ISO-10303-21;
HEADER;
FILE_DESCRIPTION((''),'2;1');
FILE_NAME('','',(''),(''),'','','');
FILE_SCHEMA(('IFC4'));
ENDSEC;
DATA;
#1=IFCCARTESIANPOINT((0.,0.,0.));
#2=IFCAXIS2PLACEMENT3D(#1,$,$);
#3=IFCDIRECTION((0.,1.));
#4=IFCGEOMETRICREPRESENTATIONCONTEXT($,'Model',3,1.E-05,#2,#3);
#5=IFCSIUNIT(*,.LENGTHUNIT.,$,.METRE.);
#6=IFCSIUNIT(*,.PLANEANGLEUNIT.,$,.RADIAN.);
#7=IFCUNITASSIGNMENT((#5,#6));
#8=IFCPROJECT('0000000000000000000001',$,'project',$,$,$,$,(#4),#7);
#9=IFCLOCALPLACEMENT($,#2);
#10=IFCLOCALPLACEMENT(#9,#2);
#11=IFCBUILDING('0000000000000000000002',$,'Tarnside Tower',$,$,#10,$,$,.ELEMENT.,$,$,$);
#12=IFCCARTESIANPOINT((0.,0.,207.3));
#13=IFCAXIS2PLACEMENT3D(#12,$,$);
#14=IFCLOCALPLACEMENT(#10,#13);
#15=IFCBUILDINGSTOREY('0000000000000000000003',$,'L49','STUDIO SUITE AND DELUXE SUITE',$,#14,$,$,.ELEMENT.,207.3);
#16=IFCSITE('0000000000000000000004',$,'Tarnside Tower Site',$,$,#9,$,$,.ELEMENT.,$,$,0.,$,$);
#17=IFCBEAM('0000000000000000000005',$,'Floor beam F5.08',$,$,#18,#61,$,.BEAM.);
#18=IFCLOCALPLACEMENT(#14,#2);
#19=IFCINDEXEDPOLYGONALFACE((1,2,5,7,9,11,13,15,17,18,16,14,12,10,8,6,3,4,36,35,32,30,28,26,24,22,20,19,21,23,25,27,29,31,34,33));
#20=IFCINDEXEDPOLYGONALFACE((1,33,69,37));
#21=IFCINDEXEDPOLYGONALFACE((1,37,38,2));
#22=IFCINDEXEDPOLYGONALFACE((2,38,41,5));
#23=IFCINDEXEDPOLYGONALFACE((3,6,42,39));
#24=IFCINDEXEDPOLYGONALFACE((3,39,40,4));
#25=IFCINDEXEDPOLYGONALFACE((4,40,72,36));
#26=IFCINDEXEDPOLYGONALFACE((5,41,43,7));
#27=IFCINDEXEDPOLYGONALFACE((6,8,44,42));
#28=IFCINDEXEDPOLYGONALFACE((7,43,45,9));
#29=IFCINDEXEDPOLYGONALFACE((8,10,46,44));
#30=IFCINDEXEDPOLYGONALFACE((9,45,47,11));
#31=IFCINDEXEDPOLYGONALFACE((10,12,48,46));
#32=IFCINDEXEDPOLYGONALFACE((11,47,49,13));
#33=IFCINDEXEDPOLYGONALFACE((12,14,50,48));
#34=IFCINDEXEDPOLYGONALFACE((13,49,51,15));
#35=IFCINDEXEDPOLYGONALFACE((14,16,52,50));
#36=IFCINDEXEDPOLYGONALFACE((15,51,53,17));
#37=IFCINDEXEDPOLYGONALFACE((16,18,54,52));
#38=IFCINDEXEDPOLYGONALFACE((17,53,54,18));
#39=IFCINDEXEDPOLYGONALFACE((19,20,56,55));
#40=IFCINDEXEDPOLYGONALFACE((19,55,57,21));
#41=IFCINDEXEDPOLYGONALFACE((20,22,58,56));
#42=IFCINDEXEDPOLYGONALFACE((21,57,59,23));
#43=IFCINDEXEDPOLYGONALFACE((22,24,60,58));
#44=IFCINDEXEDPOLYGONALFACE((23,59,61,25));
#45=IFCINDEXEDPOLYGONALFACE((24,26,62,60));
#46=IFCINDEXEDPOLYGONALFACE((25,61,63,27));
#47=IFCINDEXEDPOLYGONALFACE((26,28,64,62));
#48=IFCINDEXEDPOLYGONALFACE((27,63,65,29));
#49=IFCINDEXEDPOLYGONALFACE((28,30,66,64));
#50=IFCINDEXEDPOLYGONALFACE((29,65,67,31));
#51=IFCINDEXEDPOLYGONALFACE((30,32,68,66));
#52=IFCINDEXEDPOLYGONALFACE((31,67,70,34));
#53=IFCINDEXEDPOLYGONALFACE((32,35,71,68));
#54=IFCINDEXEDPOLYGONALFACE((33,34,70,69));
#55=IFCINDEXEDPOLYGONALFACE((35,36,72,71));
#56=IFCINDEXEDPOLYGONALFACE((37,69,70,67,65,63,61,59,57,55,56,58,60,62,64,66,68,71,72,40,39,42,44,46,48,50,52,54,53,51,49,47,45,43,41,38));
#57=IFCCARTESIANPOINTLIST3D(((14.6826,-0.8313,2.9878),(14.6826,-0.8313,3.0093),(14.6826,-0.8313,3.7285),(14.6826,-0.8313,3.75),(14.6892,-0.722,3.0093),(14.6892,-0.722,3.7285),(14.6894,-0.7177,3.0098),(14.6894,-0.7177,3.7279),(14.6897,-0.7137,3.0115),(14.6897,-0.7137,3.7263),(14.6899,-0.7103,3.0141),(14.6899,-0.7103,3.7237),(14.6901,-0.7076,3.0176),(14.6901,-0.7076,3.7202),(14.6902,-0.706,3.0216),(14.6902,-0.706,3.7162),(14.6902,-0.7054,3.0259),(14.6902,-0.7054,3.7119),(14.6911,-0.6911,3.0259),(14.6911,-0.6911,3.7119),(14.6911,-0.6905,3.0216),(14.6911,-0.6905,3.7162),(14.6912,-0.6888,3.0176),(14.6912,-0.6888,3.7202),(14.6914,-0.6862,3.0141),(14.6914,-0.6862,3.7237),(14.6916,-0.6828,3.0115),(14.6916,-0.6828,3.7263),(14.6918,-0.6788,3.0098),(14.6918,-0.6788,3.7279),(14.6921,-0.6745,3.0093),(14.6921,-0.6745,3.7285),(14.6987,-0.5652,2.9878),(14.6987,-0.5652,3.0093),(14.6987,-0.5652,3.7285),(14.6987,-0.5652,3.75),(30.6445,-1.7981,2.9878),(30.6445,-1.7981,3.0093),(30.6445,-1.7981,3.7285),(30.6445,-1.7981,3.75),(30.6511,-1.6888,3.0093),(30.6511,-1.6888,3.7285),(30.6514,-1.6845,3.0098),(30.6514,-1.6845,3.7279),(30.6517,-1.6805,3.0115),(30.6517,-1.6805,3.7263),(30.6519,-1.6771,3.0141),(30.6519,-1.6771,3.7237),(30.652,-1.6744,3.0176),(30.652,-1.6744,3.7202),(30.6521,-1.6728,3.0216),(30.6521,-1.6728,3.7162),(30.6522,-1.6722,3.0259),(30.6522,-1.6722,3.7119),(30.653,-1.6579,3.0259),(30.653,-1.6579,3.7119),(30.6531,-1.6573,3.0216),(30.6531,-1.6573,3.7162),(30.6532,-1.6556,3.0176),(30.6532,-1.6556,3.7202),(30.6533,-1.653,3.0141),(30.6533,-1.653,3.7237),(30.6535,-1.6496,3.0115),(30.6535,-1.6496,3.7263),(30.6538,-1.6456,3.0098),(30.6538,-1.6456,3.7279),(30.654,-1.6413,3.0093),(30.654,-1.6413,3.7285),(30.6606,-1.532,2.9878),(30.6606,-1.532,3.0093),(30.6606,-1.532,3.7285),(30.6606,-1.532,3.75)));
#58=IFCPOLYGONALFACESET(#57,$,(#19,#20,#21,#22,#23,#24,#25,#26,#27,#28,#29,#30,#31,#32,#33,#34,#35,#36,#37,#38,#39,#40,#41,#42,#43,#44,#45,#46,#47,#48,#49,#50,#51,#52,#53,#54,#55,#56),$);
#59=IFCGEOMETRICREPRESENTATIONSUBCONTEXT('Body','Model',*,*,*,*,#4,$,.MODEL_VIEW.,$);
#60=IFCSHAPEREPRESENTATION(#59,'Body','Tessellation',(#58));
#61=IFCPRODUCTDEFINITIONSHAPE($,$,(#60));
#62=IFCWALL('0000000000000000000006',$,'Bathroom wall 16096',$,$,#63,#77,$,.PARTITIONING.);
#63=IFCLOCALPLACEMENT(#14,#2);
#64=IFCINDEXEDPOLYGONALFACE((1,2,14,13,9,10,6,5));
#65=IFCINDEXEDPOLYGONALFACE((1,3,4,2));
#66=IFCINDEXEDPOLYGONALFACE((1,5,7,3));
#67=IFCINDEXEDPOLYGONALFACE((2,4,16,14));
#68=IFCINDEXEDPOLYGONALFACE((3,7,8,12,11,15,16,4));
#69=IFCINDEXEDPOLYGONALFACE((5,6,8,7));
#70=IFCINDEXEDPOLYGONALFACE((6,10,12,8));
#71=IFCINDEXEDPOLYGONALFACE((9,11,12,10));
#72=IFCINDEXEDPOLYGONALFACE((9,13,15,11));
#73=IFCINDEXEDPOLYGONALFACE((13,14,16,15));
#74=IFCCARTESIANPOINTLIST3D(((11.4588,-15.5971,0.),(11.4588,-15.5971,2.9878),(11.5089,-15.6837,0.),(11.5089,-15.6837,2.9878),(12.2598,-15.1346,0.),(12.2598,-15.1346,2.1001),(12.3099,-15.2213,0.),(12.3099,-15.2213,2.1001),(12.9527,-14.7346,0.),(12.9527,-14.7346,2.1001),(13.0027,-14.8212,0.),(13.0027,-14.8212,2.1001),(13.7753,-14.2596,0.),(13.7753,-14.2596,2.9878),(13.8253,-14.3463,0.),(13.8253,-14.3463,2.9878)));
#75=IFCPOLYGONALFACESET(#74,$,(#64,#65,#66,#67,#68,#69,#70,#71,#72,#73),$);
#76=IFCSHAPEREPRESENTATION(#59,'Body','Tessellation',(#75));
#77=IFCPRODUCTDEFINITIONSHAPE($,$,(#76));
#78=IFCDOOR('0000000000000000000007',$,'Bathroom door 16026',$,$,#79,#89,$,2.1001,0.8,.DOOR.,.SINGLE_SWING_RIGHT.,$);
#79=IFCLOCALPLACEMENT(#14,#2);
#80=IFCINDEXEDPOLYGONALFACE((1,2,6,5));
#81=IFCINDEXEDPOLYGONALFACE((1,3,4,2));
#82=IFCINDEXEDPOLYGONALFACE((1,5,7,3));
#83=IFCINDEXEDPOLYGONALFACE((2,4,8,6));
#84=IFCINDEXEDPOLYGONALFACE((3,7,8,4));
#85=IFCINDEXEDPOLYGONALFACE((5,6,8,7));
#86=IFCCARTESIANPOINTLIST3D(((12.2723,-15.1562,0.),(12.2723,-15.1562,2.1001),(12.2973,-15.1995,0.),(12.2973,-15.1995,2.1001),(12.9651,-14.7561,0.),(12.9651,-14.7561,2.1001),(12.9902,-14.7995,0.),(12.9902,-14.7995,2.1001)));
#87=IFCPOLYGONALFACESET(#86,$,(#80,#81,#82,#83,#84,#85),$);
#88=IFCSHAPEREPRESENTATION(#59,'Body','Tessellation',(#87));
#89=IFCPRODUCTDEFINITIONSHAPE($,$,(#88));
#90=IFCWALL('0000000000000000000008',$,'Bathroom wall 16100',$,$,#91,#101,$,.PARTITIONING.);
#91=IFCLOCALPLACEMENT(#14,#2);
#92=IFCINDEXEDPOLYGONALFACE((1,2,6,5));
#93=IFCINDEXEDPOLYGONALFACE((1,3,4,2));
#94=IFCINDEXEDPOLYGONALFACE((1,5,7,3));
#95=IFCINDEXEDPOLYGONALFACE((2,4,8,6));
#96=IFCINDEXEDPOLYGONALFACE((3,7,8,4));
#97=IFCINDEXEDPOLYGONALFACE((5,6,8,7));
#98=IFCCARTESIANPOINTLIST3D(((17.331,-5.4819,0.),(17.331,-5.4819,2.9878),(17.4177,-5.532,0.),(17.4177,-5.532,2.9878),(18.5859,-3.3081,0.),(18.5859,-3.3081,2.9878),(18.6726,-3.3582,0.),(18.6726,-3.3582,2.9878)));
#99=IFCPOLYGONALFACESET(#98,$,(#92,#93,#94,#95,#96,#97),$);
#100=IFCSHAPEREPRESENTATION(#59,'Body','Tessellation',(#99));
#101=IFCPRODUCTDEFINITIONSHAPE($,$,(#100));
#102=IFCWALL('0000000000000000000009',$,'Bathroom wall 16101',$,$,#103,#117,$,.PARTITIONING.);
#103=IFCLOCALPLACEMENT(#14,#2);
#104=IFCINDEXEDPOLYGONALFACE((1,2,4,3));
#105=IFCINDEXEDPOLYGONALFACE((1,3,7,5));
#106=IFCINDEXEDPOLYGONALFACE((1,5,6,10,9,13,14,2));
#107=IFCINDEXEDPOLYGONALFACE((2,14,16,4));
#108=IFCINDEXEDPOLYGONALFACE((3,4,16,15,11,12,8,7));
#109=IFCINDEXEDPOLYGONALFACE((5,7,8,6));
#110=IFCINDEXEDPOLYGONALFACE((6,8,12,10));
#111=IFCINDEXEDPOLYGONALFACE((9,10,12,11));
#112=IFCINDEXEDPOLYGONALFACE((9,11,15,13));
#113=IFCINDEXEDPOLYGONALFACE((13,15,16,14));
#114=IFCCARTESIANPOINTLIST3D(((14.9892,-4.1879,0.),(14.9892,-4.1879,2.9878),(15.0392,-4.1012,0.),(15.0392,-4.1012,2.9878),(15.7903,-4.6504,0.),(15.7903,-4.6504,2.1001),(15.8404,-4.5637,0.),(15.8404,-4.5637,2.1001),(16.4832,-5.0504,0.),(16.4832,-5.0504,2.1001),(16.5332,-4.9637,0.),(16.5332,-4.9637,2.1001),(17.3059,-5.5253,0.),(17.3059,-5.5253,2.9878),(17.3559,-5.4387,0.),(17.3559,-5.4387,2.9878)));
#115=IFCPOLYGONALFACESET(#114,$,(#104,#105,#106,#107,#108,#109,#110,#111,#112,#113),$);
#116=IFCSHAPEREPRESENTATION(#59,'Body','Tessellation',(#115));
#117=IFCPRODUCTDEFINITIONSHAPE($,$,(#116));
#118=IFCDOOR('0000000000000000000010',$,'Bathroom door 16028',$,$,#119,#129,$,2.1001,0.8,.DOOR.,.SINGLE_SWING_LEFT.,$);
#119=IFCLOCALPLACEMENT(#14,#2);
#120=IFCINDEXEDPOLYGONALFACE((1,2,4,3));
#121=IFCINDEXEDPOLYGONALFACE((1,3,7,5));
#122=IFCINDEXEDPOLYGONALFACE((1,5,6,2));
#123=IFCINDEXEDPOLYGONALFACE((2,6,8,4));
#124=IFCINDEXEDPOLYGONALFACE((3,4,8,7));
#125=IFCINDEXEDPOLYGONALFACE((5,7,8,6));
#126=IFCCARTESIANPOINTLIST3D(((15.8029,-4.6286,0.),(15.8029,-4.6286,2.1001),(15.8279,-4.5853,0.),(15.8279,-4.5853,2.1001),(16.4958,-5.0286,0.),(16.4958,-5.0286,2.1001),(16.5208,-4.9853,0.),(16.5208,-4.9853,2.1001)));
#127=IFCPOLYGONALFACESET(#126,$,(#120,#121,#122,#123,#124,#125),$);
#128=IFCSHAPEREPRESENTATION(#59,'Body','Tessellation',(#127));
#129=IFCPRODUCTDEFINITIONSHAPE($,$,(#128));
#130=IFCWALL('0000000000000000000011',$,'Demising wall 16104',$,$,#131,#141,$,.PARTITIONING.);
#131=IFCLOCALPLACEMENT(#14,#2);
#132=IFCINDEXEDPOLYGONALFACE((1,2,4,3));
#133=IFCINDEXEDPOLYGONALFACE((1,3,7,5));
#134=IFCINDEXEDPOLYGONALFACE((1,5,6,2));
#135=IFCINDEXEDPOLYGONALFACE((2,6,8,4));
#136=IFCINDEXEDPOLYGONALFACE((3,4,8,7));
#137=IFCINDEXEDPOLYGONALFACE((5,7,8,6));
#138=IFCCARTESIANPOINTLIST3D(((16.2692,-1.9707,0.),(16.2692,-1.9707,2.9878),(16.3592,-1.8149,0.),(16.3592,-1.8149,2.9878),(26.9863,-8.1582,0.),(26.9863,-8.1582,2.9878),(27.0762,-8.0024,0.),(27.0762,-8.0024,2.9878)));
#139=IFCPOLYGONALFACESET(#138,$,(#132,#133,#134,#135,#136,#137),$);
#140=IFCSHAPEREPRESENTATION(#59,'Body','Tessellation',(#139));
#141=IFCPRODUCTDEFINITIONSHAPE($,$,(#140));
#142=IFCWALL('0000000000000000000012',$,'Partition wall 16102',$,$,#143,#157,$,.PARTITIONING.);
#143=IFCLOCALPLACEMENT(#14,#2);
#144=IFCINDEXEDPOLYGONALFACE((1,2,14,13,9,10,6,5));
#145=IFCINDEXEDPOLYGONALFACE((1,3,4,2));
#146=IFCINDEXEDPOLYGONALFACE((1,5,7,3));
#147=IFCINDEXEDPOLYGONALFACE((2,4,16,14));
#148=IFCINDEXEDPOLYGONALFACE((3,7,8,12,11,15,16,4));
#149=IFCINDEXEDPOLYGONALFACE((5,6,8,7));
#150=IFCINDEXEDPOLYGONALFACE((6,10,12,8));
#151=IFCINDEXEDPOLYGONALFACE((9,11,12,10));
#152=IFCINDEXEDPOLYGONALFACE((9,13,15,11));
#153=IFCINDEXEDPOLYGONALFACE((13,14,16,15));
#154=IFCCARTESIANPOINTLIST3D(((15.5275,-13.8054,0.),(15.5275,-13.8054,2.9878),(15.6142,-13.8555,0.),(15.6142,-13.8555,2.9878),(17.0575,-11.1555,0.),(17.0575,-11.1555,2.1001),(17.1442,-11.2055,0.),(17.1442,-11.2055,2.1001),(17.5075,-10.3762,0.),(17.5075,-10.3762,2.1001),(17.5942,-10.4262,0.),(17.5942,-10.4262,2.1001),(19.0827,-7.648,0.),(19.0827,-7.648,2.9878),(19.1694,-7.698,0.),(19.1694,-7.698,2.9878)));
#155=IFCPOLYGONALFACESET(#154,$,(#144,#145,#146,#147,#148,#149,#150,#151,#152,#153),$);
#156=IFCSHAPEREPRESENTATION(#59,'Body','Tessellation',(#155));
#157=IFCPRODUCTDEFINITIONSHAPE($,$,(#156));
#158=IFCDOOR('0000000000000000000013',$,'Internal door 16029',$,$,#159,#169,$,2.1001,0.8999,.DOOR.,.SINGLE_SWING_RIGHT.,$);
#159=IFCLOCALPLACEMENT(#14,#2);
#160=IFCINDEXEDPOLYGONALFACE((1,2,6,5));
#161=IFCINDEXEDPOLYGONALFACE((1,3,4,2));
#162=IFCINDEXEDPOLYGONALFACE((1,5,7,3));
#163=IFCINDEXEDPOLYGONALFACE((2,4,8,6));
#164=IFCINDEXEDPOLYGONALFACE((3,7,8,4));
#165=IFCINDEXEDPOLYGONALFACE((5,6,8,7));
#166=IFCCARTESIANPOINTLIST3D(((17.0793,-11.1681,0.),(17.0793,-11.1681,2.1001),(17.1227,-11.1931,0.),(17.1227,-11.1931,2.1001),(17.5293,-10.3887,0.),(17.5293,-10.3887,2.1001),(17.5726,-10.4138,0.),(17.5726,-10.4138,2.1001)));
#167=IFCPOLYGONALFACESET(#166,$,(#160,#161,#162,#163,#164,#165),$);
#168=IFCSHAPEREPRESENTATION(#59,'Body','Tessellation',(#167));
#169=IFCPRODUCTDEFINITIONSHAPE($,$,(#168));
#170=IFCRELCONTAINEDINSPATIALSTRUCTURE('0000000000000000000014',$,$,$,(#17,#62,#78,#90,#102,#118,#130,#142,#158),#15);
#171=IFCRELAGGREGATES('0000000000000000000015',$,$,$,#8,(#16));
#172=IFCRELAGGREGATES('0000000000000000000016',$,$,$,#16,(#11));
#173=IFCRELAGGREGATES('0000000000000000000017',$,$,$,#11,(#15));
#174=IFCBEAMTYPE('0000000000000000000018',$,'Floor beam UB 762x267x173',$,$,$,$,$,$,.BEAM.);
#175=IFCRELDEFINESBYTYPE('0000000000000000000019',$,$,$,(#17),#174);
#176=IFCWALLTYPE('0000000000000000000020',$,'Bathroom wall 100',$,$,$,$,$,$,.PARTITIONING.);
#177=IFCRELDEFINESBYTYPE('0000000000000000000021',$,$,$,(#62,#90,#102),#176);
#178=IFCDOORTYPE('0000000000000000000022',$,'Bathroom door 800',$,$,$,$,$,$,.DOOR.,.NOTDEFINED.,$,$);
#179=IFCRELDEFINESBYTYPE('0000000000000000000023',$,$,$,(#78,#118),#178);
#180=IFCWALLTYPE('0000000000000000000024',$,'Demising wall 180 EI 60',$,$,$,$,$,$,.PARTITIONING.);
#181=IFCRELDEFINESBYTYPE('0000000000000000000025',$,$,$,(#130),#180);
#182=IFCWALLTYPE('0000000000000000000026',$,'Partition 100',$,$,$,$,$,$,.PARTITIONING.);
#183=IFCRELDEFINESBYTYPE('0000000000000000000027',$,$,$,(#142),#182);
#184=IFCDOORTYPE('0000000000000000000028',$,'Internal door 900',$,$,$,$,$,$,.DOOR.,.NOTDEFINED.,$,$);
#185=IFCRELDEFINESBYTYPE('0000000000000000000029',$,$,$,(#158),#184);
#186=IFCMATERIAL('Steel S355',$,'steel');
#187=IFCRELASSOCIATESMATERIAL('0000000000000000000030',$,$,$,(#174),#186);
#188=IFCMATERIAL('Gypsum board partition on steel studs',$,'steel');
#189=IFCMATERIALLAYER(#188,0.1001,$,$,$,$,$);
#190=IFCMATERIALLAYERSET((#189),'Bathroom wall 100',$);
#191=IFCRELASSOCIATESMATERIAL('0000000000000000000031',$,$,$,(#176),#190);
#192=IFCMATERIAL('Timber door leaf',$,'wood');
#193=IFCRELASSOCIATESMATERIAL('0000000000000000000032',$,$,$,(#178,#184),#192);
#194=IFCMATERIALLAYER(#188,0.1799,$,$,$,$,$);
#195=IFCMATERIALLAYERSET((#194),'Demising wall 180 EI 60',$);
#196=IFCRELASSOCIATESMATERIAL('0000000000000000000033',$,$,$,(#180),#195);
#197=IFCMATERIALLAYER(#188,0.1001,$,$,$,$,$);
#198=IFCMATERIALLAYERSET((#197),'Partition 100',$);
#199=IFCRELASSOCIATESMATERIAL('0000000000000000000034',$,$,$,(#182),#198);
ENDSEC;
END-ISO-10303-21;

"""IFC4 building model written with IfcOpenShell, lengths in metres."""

from ifc_helpers import new_model, si_unit, direction, frame, frame_2d, origin, origin_2d, place, context, subcontext, project, spatial, rectangle, i_section, extrude, material, layer, layer_set, material_profile, profile_set, type_object, element, fill, save


model = new_model("IFC4")

# Units and contexts
model_context = context("Model", 3, precision=1e-05, world=origin(), true_north=direction((0.0, 1.0)))
body_context = subcontext(model_context, "Body", "Model", "MODEL_VIEW")
ifc_project = project(units=[si_unit("LENGTHUNIT", "METRE"), si_unit("PLANEANGLEUNIT", "RADIAN")], contexts=[model_context])

# Site, building, storey
site_placement = place(None, origin())
site = spatial("IfcSite", under=ifc_project, at=site_placement, Name="Tarnside Tower Site", CompositionType="ELEMENT", RefElevation=0.0)
building_placement = place(site_placement, origin())
building = spatial("IfcBuilding", under=site, at=building_placement, Name="Tarnside Tower", CompositionType="ELEMENT")
storey_placement = place(building_placement, frame((0.0, 0.0, 207.3)))
storey = spatial("IfcBuildingStorey", under=building, at=storey_placement, Name="L49", Description="STUDIO SUITE AND DELUXE SUITE", CompositionType="ELEMENT", Elevation=207.3)

# Beam
ifc_material_1 = material(Name="Steel S355", Category="steel")
ifc_material_profile_1 = material_profile(ifc_material_1, i_section(OverallWidth=0.2666, OverallDepth=0.7622, WebThickness=0.0144, FlangeThickness=0.0215, FilletRadius=0.0166, at=origin_2d()), Name="UB 762x267x173")
ifc_profile_set_1 = profile_set([ifc_material_profile_1], Name="Steel S355")
beam_type_1 = type_object("IfcBeamType", Name="Floor beam UB 762x267x173", PredefinedType="BEAM", material=ifc_profile_set_1)
beam_1_placement = place(storey_placement, frame((30.6526, -1.665, 3.3689), z_axis=(-0.998171, 0.060458, 0.0), x_axis=(-0.060458, -0.998171, 0.0)))
element("IfcBeam", 1, at=beam_1_placement, inside=storey, type_object=beam_type_1, Name="Floor beam F5.08", PredefinedType="BEAM", context=body_context, shape_type="SweptSolid", body=[
    extrude(i_section(OverallWidth=0.2666, OverallDepth=0.7622, WebThickness=0.0144, FlangeThickness=0.0215, FilletRadius=0.0166, at=origin_2d()), origin(), (0.0, 0.0, 1.0), 15.9912),
])

# Wall, opening, door
ifc_material_2 = material(Name="Gypsum board partition on steel studs", Category="steel")
ifc_layer_1 = layer(ifc_material_2, 0.1001)
ifc_layer_set_1 = layer_set([ifc_layer_1], Name="Bathroom wall 100")
wall_type_1 = type_object("IfcWallType", Name="Bathroom wall 100", PredefinedType="PARTITIONING", material=ifc_layer_set_1)
wall_1_placement = place(storey_placement, frame((13.8003, -14.303, 0.0), z_axis=(0.0, 0.0, 1.0), x_axis=(-0.866021, -0.500007, 0.0)))
wall_1 = element("IfcWall", 2, at=wall_1_placement, inside=storey, type_object=wall_type_1, Name="Bathroom wall 16096", PredefinedType="PARTITIONING", context=body_context, shape_type="SweptSolid", body=[
    extrude(rectangle(XDim=2.6748, YDim=0.1001, at=frame_2d((1.3374, 0.0))), origin(), (0.0, 0.0, 1.0), 2.9878),
])
opening_1_placement = place(wall_1_placement, frame((0.95, 0.0, 0.0)))
opening_1 = element("IfcOpeningElement", 3, at=opening_1_placement, cuts=wall_1, PredefinedType="OPENING", context=body_context, shape_type="SweptSolid", body=[
    extrude(rectangle(XDim=0.8, YDim=2.1001, at=frame_2d((0.3999, 1.05))), frame((0.0, 0.0601, 0.0), z_axis=(0.0, -1.0, 0.0), x_axis=(1.0, 0.0, 0.0)), (0.0, 0.0, 1.0), 0.1201),
])
ifc_material_3 = material(Name="Timber door leaf", Category="wood")
door_type_1 = type_object("IfcDoorType", Name="Bathroom door 800", OperationType="NOTDEFINED", PredefinedType="DOOR", material=ifc_material_3)
door_1_placement = place(opening_1_placement, origin())
door_1 = element("IfcDoor", 4, at=door_1_placement, inside=storey, type_object=door_type_1, Name="Bathroom door 16026", OperationType="SINGLE_SWING_RIGHT", OverallHeight=2.1001, OverallWidth=0.8, PredefinedType="DOOR", context=body_context, shape_type="SweptSolid", body=[
    extrude(rectangle(XDim=0.8, YDim=2.1001, at=frame_2d((0.3999, 1.05))), frame((0.0, 0.0249, 0.0), z_axis=(0.0, -1.0, 0.0), x_axis=(1.0, 0.0, 0.0)), (0.0, 0.0, 1.0), 0.05),
])
fill(opening_1, door_1)

# Wall
wall_2_placement = place(storey_placement, frame((18.6292, -3.3333, 0.0), z_axis=(0.0, 0.0, 1.0), x_axis=(-0.499947, -0.866056, 0.0)))
element("IfcWall", 5, at=wall_2_placement, inside=storey, type_object=wall_type_1, Name="Bathroom wall 16100", PredefinedType="PARTITIONING", context=body_context, shape_type="SweptSolid", body=[
    extrude(rectangle(XDim=2.51, YDim=0.1001, at=frame_2d((1.2549, 0.0))), origin(), (0.0, 0.0, 1.0), 2.9878),
])

# Wall, opening, door
wall_3_placement = place(storey_placement, frame((17.3308, -5.4819, 0.0), z_axis=(0.0, 0.0, 1.0), x_axis=(-0.866044, 0.499967, 0.0)))
wall_3 = element("IfcWall", 6, at=wall_3_placement, inside=storey, type_object=wall_type_1, Name="Bathroom wall 16101", PredefinedType="PARTITIONING", context=body_context, shape_type="SweptSolid", body=[
    extrude(rectangle(XDim=2.675, YDim=0.1001, at=frame_2d((1.3374, 0.0))), origin(), (0.0, 0.0, 1.0), 2.9878),
])
opening_2_placement = place(wall_3_placement, frame((0.95, 0.0, 0.0)))
opening_2 = element("IfcOpeningElement", 7, at=opening_2_placement, cuts=wall_3, PredefinedType="OPENING", context=body_context, shape_type="SweptSolid", body=[
    extrude(rectangle(XDim=0.8, YDim=2.1001, at=frame_2d((0.3999, 1.05))), frame((0.0, 0.0601, 0.0), z_axis=(0.0, -1.0, 0.0), x_axis=(1.0, 0.0, 0.0)), (0.0, 0.0, 1.0), 0.1201),
])
door_2_placement = place(opening_2_placement, origin())
door_2 = element("IfcDoor", 8, at=door_2_placement, inside=storey, type_object=door_type_1, Name="Bathroom door 16028", OperationType="SINGLE_SWING_LEFT", OverallHeight=2.1001, OverallWidth=0.8, PredefinedType="DOOR", context=body_context, shape_type="SweptSolid", body=[
    extrude(rectangle(XDim=0.8, YDim=2.1001, at=frame_2d((0.3999, 1.05))), frame((0.0, 0.0249, 0.0), z_axis=(0.0, -1.0, 0.0), x_axis=(1.0, 0.0, 0.0)), (0.0, 0.0, 1.0), 0.05),
])
fill(opening_2, door_2)

# Wall
ifc_layer_2 = layer(ifc_material_2, 0.1799)
ifc_layer_set_2 = layer_set([ifc_layer_2], Name="Demising wall 180 EI 60")
wall_type_2 = type_object("IfcWallType", Name="Demising wall 180 EI 60", PredefinedType="PARTITIONING", material=ifc_layer_set_2)
wall_4_placement = place(storey_placement, frame((27.0312, -8.0803, 0.0), z_axis=(0.0, 0.0, 1.0), x_axis=(-0.866025, 0.500001, 0.0)))
element("IfcWall", 9, at=wall_4_placement, inside=storey, type_object=wall_type_2, Name="Demising wall 16104", PredefinedType="PARTITIONING", context=body_context, shape_type="SweptSolid", body=[
    extrude(rectangle(XDim=12.375, YDim=0.1799, at=frame_2d((6.1875, 0.0))), origin(), (0.0, 0.0, 1.0), 2.9878),
])

# Wall, opening, door
ifc_layer_3 = layer(ifc_material_2, 0.1001)
ifc_layer_set_3 = layer_set([ifc_layer_3], Name="Partition 100")
wall_type_3 = type_object("IfcWallType", Name="Partition 100", PredefinedType="PARTITIONING", material=ifc_layer_set_3)
wall_5_placement = place(storey_placement, frame((15.5708, -13.8306, 0.0), z_axis=(0.0, 0.0, 1.0), x_axis=(0.500017, 0.866016, 0.0)))
wall_5 = element("IfcWall", 10, at=wall_5_placement, inside=storey, type_object=wall_type_3, Name="Partition wall 16102", PredefinedType="PARTITIONING", context=body_context, shape_type="SweptSolid", body=[
    extrude(rectangle(XDim=7.1101, YDim=0.1001, at=frame_2d((3.5552, 0.0))), origin(), (0.0, 0.0, 1.0), 2.9878),
])
opening_3_placement = place(wall_5_placement, frame((3.0601, 0.0, 0.0)))
opening_3 = element("IfcOpeningElement", 11, at=opening_3_placement, cuts=wall_5, PredefinedType="OPENING", context=body_context, shape_type="SweptSolid", body=[
    extrude(rectangle(XDim=0.8999, YDim=2.1001, at=frame_2d((0.45, 1.05))), frame((0.0, 0.0601, 0.0), z_axis=(0.0, -1.0, 0.0), x_axis=(1.0, 0.0, 0.0)), (0.0, 0.0, 1.0), 0.1201),
])
door_type_2 = type_object("IfcDoorType", Name="Internal door 900", OperationType="NOTDEFINED", PredefinedType="DOOR", material=ifc_material_3)
door_3_placement = place(opening_3_placement, origin())
door_3 = element("IfcDoor", 12, at=door_3_placement, inside=storey, type_object=door_type_2, Name="Internal door 16029", OperationType="SINGLE_SWING_RIGHT", OverallHeight=2.1001, OverallWidth=0.8999, PredefinedType="DOOR", context=body_context, shape_type="SweptSolid", body=[
    extrude(rectangle(XDim=0.8999, YDim=2.1001, at=frame_2d((0.45, 1.05))), frame((0.0, 0.0249, 0.0), z_axis=(0.0, -1.0, 0.0), x_axis=(1.0, 0.0, 0.0)), (0.0, 0.0, 1.0), 0.05),
])
fill(opening_3, door_3)

save(model, "model.ifc")
